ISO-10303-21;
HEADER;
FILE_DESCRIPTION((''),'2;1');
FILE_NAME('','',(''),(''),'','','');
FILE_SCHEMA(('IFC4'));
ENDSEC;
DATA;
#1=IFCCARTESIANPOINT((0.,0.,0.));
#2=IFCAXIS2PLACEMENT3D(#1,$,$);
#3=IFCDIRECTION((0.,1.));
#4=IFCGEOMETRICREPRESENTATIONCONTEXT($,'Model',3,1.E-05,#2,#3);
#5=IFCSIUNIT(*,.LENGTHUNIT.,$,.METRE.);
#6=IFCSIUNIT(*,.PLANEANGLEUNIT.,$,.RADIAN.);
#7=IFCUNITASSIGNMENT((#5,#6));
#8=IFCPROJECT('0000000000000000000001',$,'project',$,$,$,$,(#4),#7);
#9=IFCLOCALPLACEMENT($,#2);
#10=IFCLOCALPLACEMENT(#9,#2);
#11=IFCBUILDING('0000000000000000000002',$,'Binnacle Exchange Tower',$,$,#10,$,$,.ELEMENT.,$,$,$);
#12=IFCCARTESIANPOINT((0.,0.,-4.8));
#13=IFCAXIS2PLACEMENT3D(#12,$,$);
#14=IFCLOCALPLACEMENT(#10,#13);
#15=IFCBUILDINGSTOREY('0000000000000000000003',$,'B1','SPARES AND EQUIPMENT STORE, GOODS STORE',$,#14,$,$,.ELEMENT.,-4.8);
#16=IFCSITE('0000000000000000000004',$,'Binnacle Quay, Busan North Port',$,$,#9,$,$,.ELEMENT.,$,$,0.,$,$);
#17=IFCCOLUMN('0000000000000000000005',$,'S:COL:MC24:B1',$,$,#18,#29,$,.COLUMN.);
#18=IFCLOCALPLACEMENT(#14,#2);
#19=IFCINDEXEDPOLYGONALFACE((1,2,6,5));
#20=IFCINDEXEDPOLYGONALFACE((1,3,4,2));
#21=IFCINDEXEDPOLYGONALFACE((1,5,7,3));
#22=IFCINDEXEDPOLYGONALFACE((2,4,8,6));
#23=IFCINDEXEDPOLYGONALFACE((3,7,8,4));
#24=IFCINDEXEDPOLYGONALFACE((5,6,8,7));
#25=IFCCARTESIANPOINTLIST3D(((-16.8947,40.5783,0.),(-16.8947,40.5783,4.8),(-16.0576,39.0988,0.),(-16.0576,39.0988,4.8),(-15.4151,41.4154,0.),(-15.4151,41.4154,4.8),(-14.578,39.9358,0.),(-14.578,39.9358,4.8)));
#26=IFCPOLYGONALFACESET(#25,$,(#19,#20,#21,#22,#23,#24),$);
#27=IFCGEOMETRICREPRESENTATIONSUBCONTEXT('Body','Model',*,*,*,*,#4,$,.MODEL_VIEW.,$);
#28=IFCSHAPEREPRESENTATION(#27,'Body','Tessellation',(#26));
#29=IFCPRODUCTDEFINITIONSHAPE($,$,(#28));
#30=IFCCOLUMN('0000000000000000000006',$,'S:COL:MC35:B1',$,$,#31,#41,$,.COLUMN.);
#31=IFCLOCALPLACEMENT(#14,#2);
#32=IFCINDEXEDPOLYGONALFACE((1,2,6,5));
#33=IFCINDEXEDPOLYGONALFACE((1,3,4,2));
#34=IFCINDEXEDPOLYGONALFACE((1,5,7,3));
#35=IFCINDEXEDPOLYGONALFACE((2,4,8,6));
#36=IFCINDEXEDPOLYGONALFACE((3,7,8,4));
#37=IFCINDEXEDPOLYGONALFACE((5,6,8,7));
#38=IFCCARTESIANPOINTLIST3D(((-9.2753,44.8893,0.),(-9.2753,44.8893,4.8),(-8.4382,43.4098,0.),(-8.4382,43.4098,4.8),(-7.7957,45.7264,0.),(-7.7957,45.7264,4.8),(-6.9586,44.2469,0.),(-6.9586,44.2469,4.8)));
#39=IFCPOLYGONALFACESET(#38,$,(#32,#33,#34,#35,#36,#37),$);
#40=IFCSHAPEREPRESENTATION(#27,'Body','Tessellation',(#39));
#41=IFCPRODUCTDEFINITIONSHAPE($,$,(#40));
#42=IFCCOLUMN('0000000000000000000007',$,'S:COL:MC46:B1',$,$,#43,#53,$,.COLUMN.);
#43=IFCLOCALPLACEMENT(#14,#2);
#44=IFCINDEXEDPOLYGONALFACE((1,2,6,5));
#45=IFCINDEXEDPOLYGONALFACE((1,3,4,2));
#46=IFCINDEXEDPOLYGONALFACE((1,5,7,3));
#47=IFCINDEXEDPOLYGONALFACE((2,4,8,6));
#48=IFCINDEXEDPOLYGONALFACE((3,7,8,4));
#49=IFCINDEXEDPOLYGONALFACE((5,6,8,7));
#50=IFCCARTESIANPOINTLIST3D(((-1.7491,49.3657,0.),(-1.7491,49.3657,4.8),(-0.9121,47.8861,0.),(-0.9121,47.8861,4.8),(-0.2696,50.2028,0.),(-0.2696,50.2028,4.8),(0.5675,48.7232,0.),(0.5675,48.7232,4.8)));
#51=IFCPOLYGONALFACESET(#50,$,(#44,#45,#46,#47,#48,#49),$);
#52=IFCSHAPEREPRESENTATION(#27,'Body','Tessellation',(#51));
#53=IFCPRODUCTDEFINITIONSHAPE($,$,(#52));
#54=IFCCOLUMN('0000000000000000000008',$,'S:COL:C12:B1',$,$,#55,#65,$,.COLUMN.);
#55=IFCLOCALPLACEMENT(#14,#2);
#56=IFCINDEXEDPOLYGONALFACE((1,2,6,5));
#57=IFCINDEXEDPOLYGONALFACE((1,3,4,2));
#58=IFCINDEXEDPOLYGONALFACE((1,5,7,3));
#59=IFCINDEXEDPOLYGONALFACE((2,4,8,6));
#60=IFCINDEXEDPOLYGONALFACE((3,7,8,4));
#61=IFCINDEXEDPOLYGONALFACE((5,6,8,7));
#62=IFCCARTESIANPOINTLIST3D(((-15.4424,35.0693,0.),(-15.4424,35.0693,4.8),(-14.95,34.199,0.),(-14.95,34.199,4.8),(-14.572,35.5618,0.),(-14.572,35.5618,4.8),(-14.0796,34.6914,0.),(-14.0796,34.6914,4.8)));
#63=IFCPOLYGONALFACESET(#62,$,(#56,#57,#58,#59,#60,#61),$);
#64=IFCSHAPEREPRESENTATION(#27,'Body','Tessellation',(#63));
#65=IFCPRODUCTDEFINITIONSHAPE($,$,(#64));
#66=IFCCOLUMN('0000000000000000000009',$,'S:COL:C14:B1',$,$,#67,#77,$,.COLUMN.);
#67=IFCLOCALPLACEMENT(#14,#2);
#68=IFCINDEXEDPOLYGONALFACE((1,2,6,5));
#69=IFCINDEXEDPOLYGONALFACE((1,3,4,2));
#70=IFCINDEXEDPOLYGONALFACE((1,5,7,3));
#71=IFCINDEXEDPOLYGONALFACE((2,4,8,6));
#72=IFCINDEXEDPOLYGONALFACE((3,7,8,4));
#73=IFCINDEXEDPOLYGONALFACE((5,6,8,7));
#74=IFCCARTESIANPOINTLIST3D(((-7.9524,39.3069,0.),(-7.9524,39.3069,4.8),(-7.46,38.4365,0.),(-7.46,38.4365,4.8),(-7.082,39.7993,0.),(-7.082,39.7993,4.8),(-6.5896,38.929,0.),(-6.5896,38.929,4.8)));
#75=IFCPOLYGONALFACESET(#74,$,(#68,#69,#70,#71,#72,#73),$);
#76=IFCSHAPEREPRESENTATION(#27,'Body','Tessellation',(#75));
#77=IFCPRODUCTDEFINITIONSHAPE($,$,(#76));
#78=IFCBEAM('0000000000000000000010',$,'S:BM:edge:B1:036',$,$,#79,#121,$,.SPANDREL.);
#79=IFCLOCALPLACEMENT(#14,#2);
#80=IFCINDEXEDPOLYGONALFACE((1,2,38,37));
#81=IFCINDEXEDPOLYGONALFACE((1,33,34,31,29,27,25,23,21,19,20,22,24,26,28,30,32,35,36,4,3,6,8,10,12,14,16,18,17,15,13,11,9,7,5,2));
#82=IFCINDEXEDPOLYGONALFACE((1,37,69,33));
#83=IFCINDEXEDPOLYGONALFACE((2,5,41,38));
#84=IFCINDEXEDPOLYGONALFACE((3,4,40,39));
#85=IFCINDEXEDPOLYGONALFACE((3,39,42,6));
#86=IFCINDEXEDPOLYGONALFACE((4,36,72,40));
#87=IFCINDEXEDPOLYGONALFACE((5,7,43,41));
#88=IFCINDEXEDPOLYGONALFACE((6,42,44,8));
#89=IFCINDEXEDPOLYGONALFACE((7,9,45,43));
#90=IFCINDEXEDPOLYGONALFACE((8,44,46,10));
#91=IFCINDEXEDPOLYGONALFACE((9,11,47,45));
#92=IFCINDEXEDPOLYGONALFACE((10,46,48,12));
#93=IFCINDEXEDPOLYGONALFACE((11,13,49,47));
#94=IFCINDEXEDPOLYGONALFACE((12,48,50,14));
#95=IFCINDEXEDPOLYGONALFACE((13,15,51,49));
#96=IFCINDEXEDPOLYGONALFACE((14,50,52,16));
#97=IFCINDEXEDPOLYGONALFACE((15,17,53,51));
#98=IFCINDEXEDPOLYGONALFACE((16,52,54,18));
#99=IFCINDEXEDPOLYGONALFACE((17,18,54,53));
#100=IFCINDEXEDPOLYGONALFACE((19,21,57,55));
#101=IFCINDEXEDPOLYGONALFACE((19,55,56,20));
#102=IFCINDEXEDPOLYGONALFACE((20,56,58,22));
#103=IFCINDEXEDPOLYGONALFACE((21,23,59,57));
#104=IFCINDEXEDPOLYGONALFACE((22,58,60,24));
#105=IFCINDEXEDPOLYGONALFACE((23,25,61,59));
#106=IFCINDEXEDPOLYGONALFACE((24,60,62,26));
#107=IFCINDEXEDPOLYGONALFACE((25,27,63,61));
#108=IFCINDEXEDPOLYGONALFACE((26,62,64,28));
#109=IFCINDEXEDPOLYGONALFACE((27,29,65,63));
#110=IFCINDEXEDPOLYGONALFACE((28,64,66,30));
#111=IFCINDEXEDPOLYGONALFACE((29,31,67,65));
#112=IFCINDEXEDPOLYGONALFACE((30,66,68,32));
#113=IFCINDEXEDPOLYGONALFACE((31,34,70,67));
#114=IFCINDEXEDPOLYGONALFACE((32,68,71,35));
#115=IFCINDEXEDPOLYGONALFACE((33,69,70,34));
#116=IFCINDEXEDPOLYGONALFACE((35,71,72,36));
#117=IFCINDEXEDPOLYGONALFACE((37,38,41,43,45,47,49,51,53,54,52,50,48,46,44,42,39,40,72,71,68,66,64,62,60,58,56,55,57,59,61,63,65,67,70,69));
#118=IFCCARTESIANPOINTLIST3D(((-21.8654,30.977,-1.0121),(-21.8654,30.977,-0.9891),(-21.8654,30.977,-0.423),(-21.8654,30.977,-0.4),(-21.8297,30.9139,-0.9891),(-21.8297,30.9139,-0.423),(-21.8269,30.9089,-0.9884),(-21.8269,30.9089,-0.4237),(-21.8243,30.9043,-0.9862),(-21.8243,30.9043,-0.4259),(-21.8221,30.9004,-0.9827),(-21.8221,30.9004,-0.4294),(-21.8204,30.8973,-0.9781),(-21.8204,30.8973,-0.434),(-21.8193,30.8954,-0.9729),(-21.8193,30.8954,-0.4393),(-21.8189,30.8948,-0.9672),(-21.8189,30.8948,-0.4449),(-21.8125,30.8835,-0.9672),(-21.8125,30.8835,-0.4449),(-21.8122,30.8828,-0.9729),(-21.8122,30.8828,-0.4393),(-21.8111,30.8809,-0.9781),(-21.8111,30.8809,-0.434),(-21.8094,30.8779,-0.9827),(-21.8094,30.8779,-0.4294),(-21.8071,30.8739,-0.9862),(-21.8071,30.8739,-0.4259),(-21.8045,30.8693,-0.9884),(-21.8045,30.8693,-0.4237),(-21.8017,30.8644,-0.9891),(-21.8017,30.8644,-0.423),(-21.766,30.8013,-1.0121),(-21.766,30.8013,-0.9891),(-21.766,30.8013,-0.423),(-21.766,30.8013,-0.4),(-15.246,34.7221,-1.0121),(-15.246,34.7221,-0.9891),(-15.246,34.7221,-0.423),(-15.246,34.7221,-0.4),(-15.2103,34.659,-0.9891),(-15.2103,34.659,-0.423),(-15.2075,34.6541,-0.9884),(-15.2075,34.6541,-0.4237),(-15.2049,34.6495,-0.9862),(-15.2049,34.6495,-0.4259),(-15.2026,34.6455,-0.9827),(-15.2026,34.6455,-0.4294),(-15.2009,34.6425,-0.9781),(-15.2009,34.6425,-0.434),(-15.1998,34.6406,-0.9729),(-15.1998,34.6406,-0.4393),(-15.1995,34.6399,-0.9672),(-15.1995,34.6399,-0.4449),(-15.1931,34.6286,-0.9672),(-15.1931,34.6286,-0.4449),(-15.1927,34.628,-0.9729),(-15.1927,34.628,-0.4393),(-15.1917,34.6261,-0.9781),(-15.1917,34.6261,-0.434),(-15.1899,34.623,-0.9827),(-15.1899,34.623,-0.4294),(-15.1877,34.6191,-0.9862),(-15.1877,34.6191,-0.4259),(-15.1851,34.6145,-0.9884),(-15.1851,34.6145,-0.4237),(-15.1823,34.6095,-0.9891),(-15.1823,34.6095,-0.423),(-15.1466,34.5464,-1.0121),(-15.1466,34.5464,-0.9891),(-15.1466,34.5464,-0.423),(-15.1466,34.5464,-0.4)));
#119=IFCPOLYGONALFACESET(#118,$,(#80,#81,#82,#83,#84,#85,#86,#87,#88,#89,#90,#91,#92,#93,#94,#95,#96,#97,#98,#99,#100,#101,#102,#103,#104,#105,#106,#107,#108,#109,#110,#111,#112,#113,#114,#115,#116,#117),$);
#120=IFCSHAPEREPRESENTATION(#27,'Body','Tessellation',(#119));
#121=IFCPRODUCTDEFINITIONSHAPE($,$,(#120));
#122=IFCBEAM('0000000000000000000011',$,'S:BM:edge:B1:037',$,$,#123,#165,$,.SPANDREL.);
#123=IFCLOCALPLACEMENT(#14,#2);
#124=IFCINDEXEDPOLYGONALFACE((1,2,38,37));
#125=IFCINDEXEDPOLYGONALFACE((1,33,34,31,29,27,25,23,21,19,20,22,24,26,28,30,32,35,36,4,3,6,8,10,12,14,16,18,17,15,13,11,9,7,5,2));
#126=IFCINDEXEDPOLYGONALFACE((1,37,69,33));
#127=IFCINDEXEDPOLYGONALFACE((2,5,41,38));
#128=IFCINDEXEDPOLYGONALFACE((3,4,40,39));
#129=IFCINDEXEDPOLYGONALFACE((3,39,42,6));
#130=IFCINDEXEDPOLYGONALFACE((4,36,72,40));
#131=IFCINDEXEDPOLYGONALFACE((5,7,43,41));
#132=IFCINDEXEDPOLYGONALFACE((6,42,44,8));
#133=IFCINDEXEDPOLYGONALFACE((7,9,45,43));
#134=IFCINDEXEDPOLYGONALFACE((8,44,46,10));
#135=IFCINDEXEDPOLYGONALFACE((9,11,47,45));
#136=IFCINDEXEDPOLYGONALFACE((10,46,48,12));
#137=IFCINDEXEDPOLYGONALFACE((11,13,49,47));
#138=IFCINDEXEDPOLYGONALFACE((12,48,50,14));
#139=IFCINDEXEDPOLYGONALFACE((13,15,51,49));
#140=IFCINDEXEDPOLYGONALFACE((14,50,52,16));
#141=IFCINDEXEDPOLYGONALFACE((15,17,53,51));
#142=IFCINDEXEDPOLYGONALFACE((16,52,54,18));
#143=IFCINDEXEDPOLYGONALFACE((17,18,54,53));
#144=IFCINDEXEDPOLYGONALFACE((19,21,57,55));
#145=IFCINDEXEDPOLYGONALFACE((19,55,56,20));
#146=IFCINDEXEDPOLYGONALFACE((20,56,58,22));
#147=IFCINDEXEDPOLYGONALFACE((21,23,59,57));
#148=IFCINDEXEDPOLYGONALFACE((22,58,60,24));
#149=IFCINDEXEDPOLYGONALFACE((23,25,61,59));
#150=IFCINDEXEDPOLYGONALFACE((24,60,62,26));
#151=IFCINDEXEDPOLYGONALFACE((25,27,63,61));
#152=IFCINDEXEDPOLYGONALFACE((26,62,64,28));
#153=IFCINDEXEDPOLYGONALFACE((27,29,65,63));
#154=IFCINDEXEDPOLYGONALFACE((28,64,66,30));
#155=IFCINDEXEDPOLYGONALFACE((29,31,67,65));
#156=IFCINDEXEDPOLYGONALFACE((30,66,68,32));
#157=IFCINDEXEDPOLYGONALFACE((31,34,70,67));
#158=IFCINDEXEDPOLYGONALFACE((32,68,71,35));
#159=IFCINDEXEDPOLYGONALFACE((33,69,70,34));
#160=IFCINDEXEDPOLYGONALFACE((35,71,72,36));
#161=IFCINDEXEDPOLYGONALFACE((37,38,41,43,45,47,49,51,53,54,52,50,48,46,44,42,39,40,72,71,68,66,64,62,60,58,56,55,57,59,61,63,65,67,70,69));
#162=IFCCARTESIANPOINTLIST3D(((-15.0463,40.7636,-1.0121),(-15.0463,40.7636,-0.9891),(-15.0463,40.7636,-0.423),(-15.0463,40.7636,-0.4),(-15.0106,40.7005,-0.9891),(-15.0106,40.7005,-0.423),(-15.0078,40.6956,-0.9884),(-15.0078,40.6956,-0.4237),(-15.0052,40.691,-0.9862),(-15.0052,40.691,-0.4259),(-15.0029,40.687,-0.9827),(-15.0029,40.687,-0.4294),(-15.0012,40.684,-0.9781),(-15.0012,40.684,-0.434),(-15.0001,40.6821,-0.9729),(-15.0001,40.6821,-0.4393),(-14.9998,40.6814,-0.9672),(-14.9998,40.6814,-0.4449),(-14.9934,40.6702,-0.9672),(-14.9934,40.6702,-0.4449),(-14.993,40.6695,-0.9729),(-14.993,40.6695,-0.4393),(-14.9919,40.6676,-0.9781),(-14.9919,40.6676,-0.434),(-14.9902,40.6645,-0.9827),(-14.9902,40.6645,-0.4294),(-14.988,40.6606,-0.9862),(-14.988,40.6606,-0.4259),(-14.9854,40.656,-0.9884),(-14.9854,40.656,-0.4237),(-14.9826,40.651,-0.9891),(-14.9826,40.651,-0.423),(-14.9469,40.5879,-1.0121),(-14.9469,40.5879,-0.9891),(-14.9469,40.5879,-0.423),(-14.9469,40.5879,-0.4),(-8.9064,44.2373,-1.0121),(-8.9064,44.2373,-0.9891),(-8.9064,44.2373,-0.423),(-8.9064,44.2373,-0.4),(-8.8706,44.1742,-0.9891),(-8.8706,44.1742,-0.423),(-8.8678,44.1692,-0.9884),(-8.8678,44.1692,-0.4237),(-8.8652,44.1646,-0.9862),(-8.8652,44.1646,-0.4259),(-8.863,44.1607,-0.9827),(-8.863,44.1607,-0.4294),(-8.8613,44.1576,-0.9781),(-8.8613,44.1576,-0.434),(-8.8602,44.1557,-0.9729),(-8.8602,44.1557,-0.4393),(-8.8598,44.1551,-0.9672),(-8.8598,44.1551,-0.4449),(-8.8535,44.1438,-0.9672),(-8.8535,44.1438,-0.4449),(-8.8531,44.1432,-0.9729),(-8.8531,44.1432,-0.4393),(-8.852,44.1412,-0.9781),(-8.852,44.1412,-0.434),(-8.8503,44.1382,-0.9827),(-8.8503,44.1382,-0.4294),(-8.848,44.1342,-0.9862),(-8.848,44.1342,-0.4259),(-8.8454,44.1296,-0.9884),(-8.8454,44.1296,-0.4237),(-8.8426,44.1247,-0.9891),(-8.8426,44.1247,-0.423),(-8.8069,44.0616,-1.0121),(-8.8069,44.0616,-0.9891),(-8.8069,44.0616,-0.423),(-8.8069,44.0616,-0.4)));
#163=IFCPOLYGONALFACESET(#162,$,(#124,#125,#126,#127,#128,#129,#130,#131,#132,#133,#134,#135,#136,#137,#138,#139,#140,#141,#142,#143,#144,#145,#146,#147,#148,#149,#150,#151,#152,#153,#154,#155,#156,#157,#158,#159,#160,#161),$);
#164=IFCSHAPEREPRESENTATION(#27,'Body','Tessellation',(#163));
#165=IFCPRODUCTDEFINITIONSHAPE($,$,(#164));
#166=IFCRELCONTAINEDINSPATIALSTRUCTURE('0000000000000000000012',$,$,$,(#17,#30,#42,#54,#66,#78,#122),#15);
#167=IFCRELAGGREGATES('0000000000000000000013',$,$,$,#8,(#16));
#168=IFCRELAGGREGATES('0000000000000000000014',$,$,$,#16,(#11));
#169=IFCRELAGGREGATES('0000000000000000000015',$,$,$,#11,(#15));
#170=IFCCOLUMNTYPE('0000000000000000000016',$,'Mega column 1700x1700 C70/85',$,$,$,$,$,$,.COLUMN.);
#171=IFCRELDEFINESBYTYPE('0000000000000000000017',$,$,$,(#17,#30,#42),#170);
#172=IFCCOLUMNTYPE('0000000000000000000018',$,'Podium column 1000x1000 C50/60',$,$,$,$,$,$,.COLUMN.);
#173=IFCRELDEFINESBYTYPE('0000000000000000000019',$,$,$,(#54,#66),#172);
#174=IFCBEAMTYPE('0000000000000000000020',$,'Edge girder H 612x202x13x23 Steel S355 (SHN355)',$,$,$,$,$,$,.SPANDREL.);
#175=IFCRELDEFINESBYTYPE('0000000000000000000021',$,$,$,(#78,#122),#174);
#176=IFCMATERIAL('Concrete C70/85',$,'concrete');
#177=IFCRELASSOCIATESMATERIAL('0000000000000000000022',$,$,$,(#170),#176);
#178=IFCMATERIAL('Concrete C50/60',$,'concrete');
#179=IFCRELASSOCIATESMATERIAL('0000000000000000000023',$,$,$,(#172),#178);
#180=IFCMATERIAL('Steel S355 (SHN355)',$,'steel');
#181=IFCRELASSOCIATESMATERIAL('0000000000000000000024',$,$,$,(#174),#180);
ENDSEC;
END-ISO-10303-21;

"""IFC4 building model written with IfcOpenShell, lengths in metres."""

from ifc_helpers import new_model, si_unit, direction, frame, origin, origin_2d, place, context, subcontext, project, spatial, rectangle, i_section, extrude, material, material_profile, profile_set, type_object, element, save


model = new_model("IFC4")

# Units and contexts
model_context = context("Model", 3, precision=1e-05, world=origin(), true_north=direction((0.0, 1.0)))
body_context = subcontext(model_context, "Body", "Model", "MODEL_VIEW")
ifc_project = project(units=[si_unit("LENGTHUNIT", "METRE"), si_unit("PLANEANGLEUNIT", "RADIAN")], contexts=[model_context])

# Site, building, storey
site_placement = place(None, origin())
site = spatial("IfcSite", under=ifc_project, at=site_placement, Name="Binnacle Quay, Busan North Port", CompositionType="ELEMENT", RefElevation=0.0)
building_placement = place(site_placement, origin())
building = spatial("IfcBuilding", under=site, at=building_placement, Name="Binnacle Exchange Tower", CompositionType="ELEMENT")
storey_placement = place(building_placement, frame((0.0, 0.0, -4.8)))
storey = spatial("IfcBuildingStorey", under=building, at=storey_placement, Name="B1", Description="SPARES AND EQUIPMENT STORE, GOODS STORE", CompositionType="ELEMENT", Elevation=-4.8)

# Columns
ifc_material_1 = material(Name="Concrete C70/85", Category="concrete")
ifc_material_profile_1 = material_profile(ifc_material_1, rectangle(XDim=1.7, YDim=1.7, at=origin_2d()), Name="Mega column 1700x1700 C70/85")
ifc_profile_set_1 = profile_set([ifc_material_profile_1], Name="Concrete C70/85")
column_type_1 = type_object("IfcColumnType", Name="Mega column 1700x1700 C70/85", PredefinedType="COLUMN", material=ifc_profile_set_1)
for number, where, z_axis, x_axis, name in (
    (1, (-15.7363, 40.2571, 0.0), (0.0, 0.0, 1.0), (0.870356, 0.492424, 0.0), "S:COL:MC24:B1"),
    (2, (-8.1169, 44.5681, 0.0), (0.0, 0.0, 1.0), (0.870356, 0.492424, 0.0), "S:COL:MC35:B1"),
    (3, (-0.5908, 49.0444, 0.0), (0.0, 0.0, 1.0), (0.870356, 0.492424, 0.0), "S:COL:MC46:B1"),
):
    element("IfcColumn", number, at=place(storey_placement, frame(where, z_axis=z_axis, x_axis=x_axis)), inside=storey, type_object=column_type_1, Name=name, PredefinedType="COLUMN", context=body_context, shape_type="SweptSolid", body=[
        extrude(rectangle(XDim=1.7, YDim=1.7, at=origin_2d()), origin(), (0.0, 0.0, 1.0), 4.8),
    ])
ifc_material_2 = material(Name="Concrete C50/60", Category="concrete")
ifc_material_profile_2 = material_profile(ifc_material_2, rectangle(XDim=1.0, YDim=1.0, at=origin_2d()), Name="Podium column 1000x1000 C50/60")
ifc_profile_set_2 = profile_set([ifc_material_profile_2], Name="Concrete C50/60")
column_type_2 = type_object("IfcColumnType", Name="Podium column 1000x1000 C50/60", PredefinedType="COLUMN", material=ifc_profile_set_2)
for number, where, z_axis, x_axis, name in (
    (4, (-14.761, 34.8804, 0.0), (0.0, 0.0, 1.0), (0.870356, 0.492424, 0.0), "S:COL:C12:B1"),
    (5, (-7.271, 39.1179, 0.0), (0.0, 0.0, 1.0), (0.870356, 0.492424, 0.0), "S:COL:C14:B1"),
):
    element("IfcColumn", number, at=place(storey_placement, frame(where, z_axis=z_axis, x_axis=x_axis)), inside=storey, type_object=column_type_2, Name=name, PredefinedType="COLUMN", context=body_context, shape_type="SweptSolid", body=[
        extrude(rectangle(XDim=1.0, YDim=1.0, at=origin_2d()), origin(), (0.0, 0.0, 1.0), 4.8),
    ])

# Beams
ifc_material_3 = material(Name="Steel S355 (SHN355)", Category="steel")
ifc_material_profile_3 = material_profile(ifc_material_3, i_section(OverallWidth=0.2019, OverallDepth=0.6121, WebThickness=0.0129, FlangeThickness=0.0229, FilletRadius=0.022, at=origin_2d()), Name="H 612x202x13x23")
ifc_profile_set_3 = profile_set([ifc_material_profile_3], Name="Steel S355 (SHN355)")
beam_type_1 = type_object("IfcBeamType", Name="Edge girder H 612x202x13x23 Steel S355 (SHN355)", PredefinedType="SPANDREL", material=ifc_profile_set_3)
beam_1_placement = place(storey_placement, frame((-15.1963, 34.6343, -0.7061), z_axis=(-0.870353, -0.492428, 0.0), x_axis=(0.492428, -0.870353, 0.0)))
element("IfcBeam", 6, at=beam_1_placement, inside=storey, type_object=beam_type_1, Name="S:BM:edge:B1:036", PredefinedType="SPANDREL", context=body_context, shape_type="SweptSolid", body=[
    extrude(i_section(OverallWidth=0.2019, OverallDepth=0.6121, WebThickness=0.0129, FlangeThickness=0.0229, FilletRadius=0.022, at=origin_2d()), origin(), (0.0, 0.0, 1.0), 7.6055),
])
beam_2_placement = place(storey_placement, frame((-14.9966, 40.6758, -0.7061), z_axis=(0.870365, 0.492407, 0.0), x_axis=(-0.492407, 0.870365, 0.0)))
element("IfcBeam", 7, at=beam_2_placement, inside=storey, type_object=beam_type_1, Name="S:BM:edge:B1:037", PredefinedType="SPANDREL", context=body_context, shape_type="SweptSolid", body=[
    extrude(i_section(OverallWidth=0.2019, OverallDepth=0.6121, WebThickness=0.0129, FlangeThickness=0.0229, FilletRadius=0.022, at=origin_2d()), origin(), (0.0, 0.0, 1.0), 7.0544),
])

save(model, "model.ifc")
